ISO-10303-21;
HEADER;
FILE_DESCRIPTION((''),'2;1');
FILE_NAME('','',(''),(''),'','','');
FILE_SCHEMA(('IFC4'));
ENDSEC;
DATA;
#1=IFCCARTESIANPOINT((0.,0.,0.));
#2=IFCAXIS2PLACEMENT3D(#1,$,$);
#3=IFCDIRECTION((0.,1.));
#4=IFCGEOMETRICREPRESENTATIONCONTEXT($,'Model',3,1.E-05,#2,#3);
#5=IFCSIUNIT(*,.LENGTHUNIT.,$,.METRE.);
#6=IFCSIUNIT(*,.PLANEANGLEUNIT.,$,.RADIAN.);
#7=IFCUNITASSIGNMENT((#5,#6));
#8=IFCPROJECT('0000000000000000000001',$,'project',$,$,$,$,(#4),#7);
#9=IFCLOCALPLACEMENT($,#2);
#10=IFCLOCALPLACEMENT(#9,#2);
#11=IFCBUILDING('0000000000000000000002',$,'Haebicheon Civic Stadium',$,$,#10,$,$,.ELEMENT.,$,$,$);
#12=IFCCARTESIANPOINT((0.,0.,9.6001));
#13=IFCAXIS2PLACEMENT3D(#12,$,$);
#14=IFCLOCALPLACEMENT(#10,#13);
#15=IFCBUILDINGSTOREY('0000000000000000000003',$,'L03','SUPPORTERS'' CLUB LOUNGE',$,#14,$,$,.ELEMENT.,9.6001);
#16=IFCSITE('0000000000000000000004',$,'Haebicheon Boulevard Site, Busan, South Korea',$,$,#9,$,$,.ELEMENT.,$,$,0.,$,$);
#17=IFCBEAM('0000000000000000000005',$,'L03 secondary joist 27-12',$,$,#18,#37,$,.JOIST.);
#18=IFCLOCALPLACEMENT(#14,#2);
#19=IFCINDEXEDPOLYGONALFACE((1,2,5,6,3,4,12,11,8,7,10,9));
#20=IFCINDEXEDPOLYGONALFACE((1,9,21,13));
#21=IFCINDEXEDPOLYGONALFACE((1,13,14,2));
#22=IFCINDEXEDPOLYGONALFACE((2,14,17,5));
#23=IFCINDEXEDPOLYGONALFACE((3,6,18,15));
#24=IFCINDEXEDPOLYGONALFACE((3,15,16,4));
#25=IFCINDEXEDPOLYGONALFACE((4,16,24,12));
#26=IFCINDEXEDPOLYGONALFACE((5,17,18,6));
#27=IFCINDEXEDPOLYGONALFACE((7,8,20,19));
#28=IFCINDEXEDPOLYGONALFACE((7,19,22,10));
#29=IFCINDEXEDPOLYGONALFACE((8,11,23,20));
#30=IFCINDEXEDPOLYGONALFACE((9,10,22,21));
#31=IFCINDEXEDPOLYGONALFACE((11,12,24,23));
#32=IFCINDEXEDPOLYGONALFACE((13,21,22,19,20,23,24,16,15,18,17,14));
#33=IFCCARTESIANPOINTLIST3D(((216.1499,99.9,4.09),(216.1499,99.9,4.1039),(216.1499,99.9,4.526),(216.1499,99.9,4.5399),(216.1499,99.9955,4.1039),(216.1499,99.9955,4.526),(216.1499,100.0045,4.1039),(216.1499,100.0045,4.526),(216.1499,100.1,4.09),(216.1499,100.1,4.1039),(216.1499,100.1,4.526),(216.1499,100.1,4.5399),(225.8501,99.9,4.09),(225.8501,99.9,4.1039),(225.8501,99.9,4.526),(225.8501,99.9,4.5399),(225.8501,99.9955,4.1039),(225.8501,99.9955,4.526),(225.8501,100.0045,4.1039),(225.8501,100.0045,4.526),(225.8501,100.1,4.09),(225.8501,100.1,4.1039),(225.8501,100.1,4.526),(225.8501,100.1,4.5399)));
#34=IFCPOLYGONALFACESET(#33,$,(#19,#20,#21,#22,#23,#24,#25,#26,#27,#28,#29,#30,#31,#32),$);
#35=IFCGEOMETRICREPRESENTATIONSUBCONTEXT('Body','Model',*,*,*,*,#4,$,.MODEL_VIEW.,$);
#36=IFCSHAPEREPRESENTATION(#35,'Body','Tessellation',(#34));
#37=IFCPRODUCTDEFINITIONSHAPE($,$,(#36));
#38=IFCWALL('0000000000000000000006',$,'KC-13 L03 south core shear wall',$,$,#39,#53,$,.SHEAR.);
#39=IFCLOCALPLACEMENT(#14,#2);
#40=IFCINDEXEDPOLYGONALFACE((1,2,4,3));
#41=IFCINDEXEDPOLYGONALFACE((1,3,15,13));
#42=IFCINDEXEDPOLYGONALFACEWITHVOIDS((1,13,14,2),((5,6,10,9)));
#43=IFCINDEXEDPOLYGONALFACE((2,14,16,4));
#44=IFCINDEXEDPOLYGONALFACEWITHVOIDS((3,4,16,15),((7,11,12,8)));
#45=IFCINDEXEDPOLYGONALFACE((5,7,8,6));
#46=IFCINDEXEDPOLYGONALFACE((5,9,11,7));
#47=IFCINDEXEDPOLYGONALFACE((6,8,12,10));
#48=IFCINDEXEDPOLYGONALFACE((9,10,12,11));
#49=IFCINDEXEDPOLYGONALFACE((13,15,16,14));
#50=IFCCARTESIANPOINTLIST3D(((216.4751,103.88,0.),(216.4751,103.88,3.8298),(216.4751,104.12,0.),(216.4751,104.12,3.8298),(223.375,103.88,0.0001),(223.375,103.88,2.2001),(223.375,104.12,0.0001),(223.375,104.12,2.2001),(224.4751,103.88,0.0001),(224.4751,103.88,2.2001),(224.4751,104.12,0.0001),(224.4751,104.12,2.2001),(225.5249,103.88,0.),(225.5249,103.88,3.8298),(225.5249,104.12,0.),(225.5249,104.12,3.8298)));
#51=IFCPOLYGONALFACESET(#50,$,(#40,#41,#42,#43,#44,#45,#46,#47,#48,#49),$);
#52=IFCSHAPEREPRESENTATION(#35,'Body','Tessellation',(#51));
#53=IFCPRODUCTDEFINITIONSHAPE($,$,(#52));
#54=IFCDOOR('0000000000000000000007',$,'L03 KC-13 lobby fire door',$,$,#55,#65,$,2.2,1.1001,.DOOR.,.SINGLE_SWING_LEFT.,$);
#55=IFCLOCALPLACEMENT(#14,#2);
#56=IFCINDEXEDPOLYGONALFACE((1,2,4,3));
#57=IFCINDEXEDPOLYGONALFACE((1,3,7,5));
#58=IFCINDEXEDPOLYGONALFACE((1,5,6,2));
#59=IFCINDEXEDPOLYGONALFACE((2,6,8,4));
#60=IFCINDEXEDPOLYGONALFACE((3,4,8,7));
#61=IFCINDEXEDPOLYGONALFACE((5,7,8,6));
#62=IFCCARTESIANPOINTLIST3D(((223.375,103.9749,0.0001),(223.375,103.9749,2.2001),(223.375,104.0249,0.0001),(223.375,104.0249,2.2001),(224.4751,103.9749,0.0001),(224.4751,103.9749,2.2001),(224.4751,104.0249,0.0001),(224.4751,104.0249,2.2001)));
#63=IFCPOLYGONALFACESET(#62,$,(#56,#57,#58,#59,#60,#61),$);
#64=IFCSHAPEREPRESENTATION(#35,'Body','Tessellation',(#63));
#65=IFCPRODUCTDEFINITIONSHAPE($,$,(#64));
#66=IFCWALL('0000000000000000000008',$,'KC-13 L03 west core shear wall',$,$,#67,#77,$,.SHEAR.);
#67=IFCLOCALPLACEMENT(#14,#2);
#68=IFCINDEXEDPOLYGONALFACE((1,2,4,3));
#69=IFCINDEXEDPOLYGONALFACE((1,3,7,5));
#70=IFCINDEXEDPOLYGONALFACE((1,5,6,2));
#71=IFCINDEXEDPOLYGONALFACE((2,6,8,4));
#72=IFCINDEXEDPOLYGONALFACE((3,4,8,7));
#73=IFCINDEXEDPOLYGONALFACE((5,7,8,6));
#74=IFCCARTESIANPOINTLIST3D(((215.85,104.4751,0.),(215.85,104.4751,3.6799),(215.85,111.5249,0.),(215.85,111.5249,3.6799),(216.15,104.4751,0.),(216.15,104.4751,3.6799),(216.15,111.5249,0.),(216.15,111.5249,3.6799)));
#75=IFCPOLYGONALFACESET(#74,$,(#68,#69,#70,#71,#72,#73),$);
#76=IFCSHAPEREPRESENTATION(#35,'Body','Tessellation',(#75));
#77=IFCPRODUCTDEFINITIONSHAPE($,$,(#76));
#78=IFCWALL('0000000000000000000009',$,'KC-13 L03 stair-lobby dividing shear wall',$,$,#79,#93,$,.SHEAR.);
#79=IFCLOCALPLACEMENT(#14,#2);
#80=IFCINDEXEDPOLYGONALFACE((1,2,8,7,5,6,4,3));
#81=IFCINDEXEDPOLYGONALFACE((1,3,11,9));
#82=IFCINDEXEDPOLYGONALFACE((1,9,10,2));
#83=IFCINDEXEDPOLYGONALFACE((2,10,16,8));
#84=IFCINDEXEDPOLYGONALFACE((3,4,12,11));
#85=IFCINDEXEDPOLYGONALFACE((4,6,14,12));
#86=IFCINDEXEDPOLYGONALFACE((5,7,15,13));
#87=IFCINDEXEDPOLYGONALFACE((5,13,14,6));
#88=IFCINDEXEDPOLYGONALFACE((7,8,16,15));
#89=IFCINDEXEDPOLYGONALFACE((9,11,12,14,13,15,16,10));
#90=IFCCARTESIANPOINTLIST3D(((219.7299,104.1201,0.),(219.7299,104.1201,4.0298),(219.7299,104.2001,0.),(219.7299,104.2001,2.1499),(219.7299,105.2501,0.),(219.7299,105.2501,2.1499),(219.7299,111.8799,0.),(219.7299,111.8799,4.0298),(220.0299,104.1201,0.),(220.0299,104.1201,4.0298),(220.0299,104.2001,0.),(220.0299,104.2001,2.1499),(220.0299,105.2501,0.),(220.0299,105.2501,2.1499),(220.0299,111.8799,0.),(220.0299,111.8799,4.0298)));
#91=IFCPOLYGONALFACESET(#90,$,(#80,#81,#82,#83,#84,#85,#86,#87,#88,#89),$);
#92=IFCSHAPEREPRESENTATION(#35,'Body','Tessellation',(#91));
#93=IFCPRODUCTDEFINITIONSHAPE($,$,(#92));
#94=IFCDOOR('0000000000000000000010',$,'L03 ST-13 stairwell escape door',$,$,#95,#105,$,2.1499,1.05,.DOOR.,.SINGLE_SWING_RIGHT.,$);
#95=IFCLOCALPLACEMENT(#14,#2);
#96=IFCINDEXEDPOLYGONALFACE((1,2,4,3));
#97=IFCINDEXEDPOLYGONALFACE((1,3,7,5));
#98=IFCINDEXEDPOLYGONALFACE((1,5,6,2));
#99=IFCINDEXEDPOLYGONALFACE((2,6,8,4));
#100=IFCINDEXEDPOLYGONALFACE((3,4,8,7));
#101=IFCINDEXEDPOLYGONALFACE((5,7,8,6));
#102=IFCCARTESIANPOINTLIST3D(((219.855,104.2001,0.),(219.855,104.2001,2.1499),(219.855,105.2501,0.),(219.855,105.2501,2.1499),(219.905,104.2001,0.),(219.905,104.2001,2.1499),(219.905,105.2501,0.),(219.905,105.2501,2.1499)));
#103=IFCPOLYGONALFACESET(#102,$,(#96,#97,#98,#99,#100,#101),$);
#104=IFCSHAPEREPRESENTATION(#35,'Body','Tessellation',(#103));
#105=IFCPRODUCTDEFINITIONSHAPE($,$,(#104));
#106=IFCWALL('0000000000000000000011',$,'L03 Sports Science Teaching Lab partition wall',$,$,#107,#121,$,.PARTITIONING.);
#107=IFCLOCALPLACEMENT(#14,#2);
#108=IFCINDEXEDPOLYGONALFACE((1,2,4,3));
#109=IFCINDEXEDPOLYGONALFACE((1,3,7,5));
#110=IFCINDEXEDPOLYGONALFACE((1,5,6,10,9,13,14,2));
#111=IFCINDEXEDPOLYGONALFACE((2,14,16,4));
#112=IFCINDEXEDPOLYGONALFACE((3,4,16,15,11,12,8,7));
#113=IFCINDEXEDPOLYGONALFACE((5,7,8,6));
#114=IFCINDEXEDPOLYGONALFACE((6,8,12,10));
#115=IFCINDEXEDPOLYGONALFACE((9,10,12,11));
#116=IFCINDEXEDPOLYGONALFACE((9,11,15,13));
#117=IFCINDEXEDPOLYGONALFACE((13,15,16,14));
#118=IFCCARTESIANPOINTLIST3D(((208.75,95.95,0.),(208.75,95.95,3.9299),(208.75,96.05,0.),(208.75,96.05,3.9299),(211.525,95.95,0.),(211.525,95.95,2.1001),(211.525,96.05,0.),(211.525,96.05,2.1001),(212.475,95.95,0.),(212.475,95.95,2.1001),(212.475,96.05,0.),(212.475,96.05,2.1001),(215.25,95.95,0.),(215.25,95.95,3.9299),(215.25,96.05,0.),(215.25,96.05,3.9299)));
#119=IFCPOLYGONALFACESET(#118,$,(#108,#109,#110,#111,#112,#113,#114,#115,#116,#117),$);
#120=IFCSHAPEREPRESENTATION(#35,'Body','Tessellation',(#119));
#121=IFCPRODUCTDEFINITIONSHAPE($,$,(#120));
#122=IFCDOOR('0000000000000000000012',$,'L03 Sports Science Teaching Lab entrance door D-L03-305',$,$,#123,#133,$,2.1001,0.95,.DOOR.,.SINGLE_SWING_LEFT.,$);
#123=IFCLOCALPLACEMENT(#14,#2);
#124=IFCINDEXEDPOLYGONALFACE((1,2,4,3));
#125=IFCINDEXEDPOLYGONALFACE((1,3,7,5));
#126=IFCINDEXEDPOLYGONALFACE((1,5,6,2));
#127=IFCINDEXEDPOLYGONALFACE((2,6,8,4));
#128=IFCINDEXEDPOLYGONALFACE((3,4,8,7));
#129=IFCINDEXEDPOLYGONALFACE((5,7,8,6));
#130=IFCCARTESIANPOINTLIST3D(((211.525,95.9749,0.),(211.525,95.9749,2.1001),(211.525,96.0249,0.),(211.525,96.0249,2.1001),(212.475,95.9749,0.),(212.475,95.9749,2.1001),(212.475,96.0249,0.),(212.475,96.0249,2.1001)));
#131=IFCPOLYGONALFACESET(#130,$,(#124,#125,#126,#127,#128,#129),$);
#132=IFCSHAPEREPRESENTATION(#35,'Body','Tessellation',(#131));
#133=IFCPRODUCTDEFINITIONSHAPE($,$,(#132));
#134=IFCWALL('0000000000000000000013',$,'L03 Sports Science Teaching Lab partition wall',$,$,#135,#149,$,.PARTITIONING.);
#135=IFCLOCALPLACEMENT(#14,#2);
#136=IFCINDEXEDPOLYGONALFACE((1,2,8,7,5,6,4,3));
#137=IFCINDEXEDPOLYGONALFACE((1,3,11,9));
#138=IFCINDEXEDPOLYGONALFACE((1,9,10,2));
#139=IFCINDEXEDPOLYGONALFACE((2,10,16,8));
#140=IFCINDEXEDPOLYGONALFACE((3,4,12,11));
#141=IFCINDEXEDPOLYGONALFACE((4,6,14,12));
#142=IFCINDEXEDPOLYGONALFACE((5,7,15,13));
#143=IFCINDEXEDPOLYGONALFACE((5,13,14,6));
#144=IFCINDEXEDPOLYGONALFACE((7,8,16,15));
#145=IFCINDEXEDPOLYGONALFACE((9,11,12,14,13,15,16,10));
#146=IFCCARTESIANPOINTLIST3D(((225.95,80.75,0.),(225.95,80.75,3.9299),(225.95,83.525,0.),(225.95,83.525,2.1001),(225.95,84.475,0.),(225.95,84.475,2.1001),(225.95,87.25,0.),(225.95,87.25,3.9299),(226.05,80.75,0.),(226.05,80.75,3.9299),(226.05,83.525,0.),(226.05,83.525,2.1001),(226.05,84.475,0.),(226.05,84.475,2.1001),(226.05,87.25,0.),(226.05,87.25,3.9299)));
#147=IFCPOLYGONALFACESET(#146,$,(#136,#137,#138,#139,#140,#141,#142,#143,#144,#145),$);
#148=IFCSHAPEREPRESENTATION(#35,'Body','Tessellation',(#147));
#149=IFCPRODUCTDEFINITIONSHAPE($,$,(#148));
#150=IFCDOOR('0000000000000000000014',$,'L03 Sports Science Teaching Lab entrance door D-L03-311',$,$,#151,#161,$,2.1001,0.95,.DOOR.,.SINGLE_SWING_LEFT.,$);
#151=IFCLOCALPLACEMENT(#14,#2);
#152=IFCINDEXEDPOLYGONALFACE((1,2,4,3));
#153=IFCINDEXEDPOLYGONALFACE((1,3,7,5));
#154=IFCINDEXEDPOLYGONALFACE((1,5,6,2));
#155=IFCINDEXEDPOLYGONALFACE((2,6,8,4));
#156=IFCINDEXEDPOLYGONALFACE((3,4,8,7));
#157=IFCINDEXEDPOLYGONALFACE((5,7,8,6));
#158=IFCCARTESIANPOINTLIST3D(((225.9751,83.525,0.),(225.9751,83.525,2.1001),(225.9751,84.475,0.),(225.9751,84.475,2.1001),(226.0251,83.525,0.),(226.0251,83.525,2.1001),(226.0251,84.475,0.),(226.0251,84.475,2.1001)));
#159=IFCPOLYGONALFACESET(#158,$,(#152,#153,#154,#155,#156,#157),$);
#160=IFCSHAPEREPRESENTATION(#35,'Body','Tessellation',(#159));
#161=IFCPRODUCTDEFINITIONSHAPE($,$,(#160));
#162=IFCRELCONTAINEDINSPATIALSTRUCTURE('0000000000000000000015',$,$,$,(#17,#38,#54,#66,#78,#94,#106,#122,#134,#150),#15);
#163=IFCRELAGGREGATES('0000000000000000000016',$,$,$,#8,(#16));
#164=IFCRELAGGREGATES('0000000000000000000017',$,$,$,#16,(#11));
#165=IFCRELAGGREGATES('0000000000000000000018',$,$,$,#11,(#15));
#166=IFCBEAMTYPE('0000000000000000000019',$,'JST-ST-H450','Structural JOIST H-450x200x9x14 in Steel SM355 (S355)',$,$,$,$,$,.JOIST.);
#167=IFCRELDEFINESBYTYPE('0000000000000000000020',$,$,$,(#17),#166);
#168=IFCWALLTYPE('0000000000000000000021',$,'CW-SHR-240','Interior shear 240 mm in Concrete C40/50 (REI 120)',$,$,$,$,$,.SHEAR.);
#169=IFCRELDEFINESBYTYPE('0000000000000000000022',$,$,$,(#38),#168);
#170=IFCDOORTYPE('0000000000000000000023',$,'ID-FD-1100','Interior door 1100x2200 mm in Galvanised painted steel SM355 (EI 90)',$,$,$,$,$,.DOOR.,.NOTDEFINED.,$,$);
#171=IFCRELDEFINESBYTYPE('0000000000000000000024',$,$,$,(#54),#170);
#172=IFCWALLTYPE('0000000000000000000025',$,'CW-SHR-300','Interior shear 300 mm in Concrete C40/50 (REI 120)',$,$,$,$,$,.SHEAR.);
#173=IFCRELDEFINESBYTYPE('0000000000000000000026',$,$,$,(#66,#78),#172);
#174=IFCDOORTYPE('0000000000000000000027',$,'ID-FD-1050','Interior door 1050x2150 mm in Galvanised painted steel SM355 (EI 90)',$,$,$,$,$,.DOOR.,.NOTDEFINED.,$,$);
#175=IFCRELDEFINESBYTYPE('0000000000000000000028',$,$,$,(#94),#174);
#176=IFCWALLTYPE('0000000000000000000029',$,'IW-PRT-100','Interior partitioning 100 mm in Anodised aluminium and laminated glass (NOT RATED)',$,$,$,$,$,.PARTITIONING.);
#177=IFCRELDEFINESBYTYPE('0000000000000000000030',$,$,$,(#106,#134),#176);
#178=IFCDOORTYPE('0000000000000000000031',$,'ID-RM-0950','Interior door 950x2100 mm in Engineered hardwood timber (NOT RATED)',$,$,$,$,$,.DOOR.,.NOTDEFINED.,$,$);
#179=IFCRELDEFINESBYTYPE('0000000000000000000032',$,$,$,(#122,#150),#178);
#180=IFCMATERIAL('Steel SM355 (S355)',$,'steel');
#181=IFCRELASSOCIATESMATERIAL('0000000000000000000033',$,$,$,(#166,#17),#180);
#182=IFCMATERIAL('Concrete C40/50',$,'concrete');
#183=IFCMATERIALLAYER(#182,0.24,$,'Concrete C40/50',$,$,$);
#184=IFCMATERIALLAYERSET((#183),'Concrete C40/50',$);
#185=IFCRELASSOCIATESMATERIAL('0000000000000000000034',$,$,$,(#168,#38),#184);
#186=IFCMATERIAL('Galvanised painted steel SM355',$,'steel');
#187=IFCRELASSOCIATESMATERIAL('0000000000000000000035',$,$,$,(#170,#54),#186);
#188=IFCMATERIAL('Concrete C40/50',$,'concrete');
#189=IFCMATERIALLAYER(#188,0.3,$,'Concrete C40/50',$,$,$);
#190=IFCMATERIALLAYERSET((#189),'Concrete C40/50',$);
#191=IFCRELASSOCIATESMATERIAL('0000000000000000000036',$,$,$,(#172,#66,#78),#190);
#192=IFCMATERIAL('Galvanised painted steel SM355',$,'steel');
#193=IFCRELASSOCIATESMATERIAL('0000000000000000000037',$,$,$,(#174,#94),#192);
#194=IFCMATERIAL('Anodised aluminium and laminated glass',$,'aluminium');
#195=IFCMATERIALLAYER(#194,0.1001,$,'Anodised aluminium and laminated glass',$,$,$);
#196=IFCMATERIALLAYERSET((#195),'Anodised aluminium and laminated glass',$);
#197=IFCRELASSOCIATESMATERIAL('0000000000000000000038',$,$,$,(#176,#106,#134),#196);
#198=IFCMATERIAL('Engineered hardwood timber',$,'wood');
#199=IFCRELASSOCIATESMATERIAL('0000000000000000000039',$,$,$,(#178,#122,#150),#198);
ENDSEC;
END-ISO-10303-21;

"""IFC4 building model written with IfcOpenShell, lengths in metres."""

from ifc_helpers import new_model, si_unit, direction, frame, frame_2d, origin, origin_2d, place, context, subcontext, project, spatial, rectangle, i_section, extrude, material, layer, layer_set, material_profile, profile_set, type_object, element, fill, save


model = new_model("IFC4")

# Units and contexts
model_context = context("Model", 3, precision=1e-05, world=origin(), true_north=direction((0.0, 1.0)))
body_context = subcontext(model_context, "Body", "Model", "MODEL_VIEW")
ifc_project = project(units=[si_unit("LENGTHUNIT", "METRE"), si_unit("PLANEANGLEUNIT", "RADIAN")], contexts=[model_context])

# Site, building, storey
site_placement = place(None, origin())
site = spatial("IfcSite", under=ifc_project, at=site_placement, Name="Haebicheon Boulevard Site, Busan, South Korea", CompositionType="ELEMENT", RefElevation=0.0)
building_placement = place(site_placement, origin())
building = spatial("IfcBuilding", under=site, at=building_placement, Name="Haebicheon Civic Stadium", CompositionType="ELEMENT")
storey_placement = place(building_placement, frame((0.0, 0.0, 9.6001)))
storey = spatial("IfcBuildingStorey", under=building, at=storey_placement, Name="L03", Description="SUPPORTERS' CLUB LOUNGE", CompositionType="ELEMENT", Elevation=9.6001)

# Beam
ifc_material_1 = material(Name="Steel SM355 (S355)", Category="steel")
ifc_material_profile_1 = material_profile(ifc_material_1, i_section(OverallWidth=0.2, OverallDepth=0.45, WebThickness=0.009, FlangeThickness=0.0139, at=origin_2d()), Name="H-450x200x9x14")
ifc_profile_set_1 = profile_set([ifc_material_profile_1], Name="Steel SM355 (S355)")
beam_type_1 = type_object("IfcBeamType", Name="JST-ST-H450", Description="Structural JOIST H-450x200x9x14 in Steel SM355 (S355)", PredefinedType="JOIST", material=ifc_profile_set_1)
for number, where, z_axis, x_axis, name in (
    (1, (216.1499, 100.0, 4.3149), (1.0, 0.0, 0.0), (0.0, 1.0, 0.0), "L03 secondary joist 27-12"),
):
    element("IfcBeam", number, at=place(storey_placement, frame(where, z_axis=z_axis, x_axis=x_axis)), inside=storey, type_object=beam_type_1, material=ifc_profile_set_1, Name=name, PredefinedType="JOIST", context=body_context, shape_type="SweptSolid", body=[
        extrude(i_section(OverallWidth=0.2, OverallDepth=0.45, WebThickness=0.009, FlangeThickness=0.0139, at=origin_2d()), origin(), (0.0, 0.0, 1.0), 9.7002),
    ])

# Wall, opening, door
ifc_material_2 = material(Name="Concrete C40/50", Category="concrete")
ifc_layer_1 = layer(ifc_material_2, 0.24, Name="Concrete C40/50")
ifc_layer_set_1 = layer_set([ifc_layer_1], Name="Concrete C40/50")
wall_type_1 = type_object("IfcWallType", Name="CW-SHR-240", Description="Interior shear 240 mm in Concrete C40/50 (REI 120)", PredefinedType="SHEAR", material=ifc_layer_set_1)
wall_1_placement = place(storey_placement, frame((216.4751, 104.0, 0.0), z_axis=(0.0, 0.0, 1.0), x_axis=(1.0, 0.0, 0.0)))
wall_1 = element("IfcWall", 2, at=wall_1_placement, inside=storey, type_object=wall_type_1, material=ifc_layer_set_1, Name="KC-13 L03 south core shear wall", PredefinedType="SHEAR", context=body_context, shape_type="SweptSolid", body=[
    extrude(rectangle(XDim=9.0498, YDim=0.24, at=frame_2d((4.5249, 0.0))), origin(), (0.0, 0.0, 1.0), 3.8298),
])
opening_1_placement = place(wall_1_placement, frame((6.8999, 0.0, 0.0)))
opening_1 = element("IfcOpeningElement", 3, at=opening_1_placement, cuts=wall_1, PredefinedType="OPENING", context=body_context, shape_type="SweptSolid", body=[
    extrude(rectangle(XDim=1.1001, YDim=2.2, at=frame_2d((0.55, 1.1001))), frame((0.0, 0.1299, 0.0), z_axis=(0.0, -1.0, 0.0), x_axis=(1.0, 0.0, 0.0)), (0.0, 0.0, 1.0), 0.26),
])
ifc_material_3 = material(Name="Galvanised painted steel SM355", Category="steel")
door_type_1 = type_object("IfcDoorType", Name="ID-FD-1100", Description="Interior door 1100x2200 mm in Galvanised painted steel SM355 (EI 90)", OperationType="NOTDEFINED", PredefinedType="DOOR", material=ifc_material_3)
door_1_placement = place(opening_1_placement, origin())
door_1 = element("IfcDoor", 4, at=door_1_placement, inside=storey, type_object=door_type_1, material=ifc_material_3, Name="L03 KC-13 lobby fire door", OperationType="SINGLE_SWING_LEFT", OverallHeight=2.2, OverallWidth=1.1001, PredefinedType="DOOR", context=body_context, shape_type="SweptSolid", body=[
    extrude(rectangle(XDim=1.1001, YDim=2.2, at=frame_2d((0.55, 1.1001))), frame((0.0, 0.0249, 0.0), z_axis=(0.0, -1.0, 0.0), x_axis=(1.0, 0.0, 0.0)), (0.0, 0.0, 1.0), 0.05),
])
fill(opening_1, door_1)

# Wall
ifc_material_4 = material(Name="Concrete C40/50", Category="concrete")
ifc_layer_2 = layer(ifc_material_4, 0.3, Name="Concrete C40/50")
ifc_layer_set_2 = layer_set([ifc_layer_2], Name="Concrete C40/50")
wall_type_2 = type_object("IfcWallType", Name="CW-SHR-300", Description="Interior shear 300 mm in Concrete C40/50 (REI 120)", PredefinedType="SHEAR", material=ifc_layer_set_2)
wall_2_placement = place(storey_placement, frame((216.0, 104.4751, 0.0), z_axis=(0.0, 0.0, 1.0), x_axis=(0.0, 1.0, 0.0)))
element("IfcWall", 5, at=wall_2_placement, inside=storey, type_object=wall_type_2, material=ifc_layer_set_2, Name="KC-13 L03 west core shear wall", PredefinedType="SHEAR", context=body_context, shape_type="SweptSolid", body=[
    extrude(rectangle(XDim=7.0498, YDim=0.3, at=frame_2d((3.5249, 0.0))), origin(), (0.0, 0.0, 1.0), 3.6799),
])

# Walls, openings, doors
wall_3_placement = place(storey_placement, frame((219.8799, 104.1201, 0.0), z_axis=(0.0, 0.0, 1.0), x_axis=(0.0, 1.0, 0.0)))
wall_3 = element("IfcWall", 6, at=wall_3_placement, inside=storey, type_object=wall_type_2, material=ifc_layer_set_2, Name="KC-13 L03 stair-lobby dividing shear wall", PredefinedType="SHEAR", context=body_context, shape_type="SweptSolid", body=[
    extrude(rectangle(XDim=7.7598, YDim=0.3, at=frame_2d((3.8799, 0.0))), origin(), (0.0, 0.0, 1.0), 4.0298),
])
opening_2_placement = place(wall_3_placement, frame((0.0801, 0.0, 0.0)))
opening_2 = element("IfcOpeningElement", 7, at=opening_2_placement, cuts=wall_3, PredefinedType="OPENING", context=body_context, shape_type="SweptSolid", body=[
    extrude(rectangle(XDim=1.05, YDim=2.1499, at=frame_2d((0.5249, 1.075))), frame((0.0, 0.1599, 0.0), z_axis=(0.0, -1.0, 0.0), x_axis=(1.0, 0.0, 0.0)), (0.0, 0.0, 1.0), 0.3201),
])
ifc_material_5 = material(Name="Galvanised painted steel SM355", Category="steel")
door_type_2 = type_object("IfcDoorType", Name="ID-FD-1050", Description="Interior door 1050x2150 mm in Galvanised painted steel SM355 (EI 90)", OperationType="NOTDEFINED", PredefinedType="DOOR", material=ifc_material_5)
door_2_placement = place(opening_2_placement, origin())
door_2 = element("IfcDoor", 8, at=door_2_placement, inside=storey, type_object=door_type_2, material=ifc_material_5, Name="L03 ST-13 stairwell escape door", OperationType="SINGLE_SWING_RIGHT", OverallHeight=2.1499, OverallWidth=1.05, PredefinedType="DOOR", context=body_context, shape_type="SweptSolid", body=[
    extrude(rectangle(XDim=1.05, YDim=2.1499, at=frame_2d((0.5249, 1.075))), frame((0.0, 0.0249, 0.0), z_axis=(0.0, -1.0, 0.0), x_axis=(1.0, 0.0, 0.0)), (0.0, 0.0, 1.0), 0.05),
])
fill(opening_2, door_2)
ifc_material_6 = material(Name="Anodised aluminium and laminated glass", Category="aluminium")
ifc_layer_3 = layer(ifc_material_6, 0.1001, Name="Anodised aluminium and laminated glass")
ifc_layer_set_3 = layer_set([ifc_layer_3], Name="Anodised aluminium and laminated glass")
wall_type_3 = type_object("IfcWallType", Name="IW-PRT-100", Description="Interior partitioning 100 mm in Anodised aluminium and laminated glass (NOT RATED)", PredefinedType="PARTITIONING", material=ifc_layer_set_3)
wall_4_placement = place(storey_placement, frame((208.75, 96.0, 0.0), z_axis=(0.0, 0.0, 1.0), x_axis=(1.0, 0.0, 0.0)))
wall_4 = element("IfcWall", 9, at=wall_4_placement, inside=storey, type_object=wall_type_3, material=ifc_layer_set_3, Name="L03 Sports Science Teaching Lab partition wall", PredefinedType="PARTITIONING", context=body_context, shape_type="SweptSolid", body=[
    extrude(rectangle(XDim=6.5, YDim=0.1001, at=frame_2d((3.25, 0.0))), origin(), (0.0, 0.0, 1.0), 3.9299),
])
opening_3_placement = place(wall_4_placement, frame((2.7749, 0.0, 0.0)))
opening_3 = element("IfcOpeningElement", 10, at=opening_3_placement, cuts=wall_4, PredefinedType="OPENING", context=body_context, shape_type="SweptSolid", body=[
    extrude(rectangle(XDim=0.95, YDim=2.1001, at=frame_2d((0.4751, 1.05))), frame((0.0, 0.0601, 0.0), z_axis=(0.0, -1.0, 0.0), x_axis=(1.0, 0.0, 0.0)), (0.0, 0.0, 1.0), 0.1201),
])
ifc_material_7 = material(Name="Engineered hardwood timber", Category="wood")
door_type_3 = type_object("IfcDoorType", Name="ID-RM-0950", Description="Interior door 950x2100 mm in Engineered hardwood timber (NOT RATED)", OperationType="NOTDEFINED", PredefinedType="DOOR", material=ifc_material_7)
door_3_placement = place(opening_3_placement, origin())
door_3 = element("IfcDoor", 11, at=door_3_placement, inside=storey, type_object=door_type_3, material=ifc_material_7, Name="L03 Sports Science Teaching Lab entrance door D-L03-305", OperationType="SINGLE_SWING_LEFT", OverallHeight=2.1001, OverallWidth=0.95, PredefinedType="DOOR", context=body_context, shape_type="SweptSolid", body=[
    extrude(rectangle(XDim=0.95, YDim=2.1001, at=frame_2d((0.4751, 1.05))), frame((0.0, 0.0249, 0.0), z_axis=(0.0, -1.0, 0.0), x_axis=(1.0, 0.0, 0.0)), (0.0, 0.0, 1.0), 0.05),
])
fill(opening_3, door_3)
wall_5_placement = place(storey_placement, frame((226.0, 80.75, 0.0), z_axis=(0.0, 0.0, 1.0), x_axis=(0.0, 1.0, 0.0)))
wall_5 = element("IfcWall", 12, at=wall_5_placement, inside=storey, type_object=wall_type_3, material=ifc_layer_set_3, Name="L03 Sports Science Teaching Lab partition wall", PredefinedType="PARTITIONING", context=body_context, shape_type="SweptSolid", body=[
    extrude(rectangle(XDim=6.5, YDim=0.1001, at=frame_2d((3.25, 0.0))), origin(), (0.0, 0.0, 1.0), 3.9299),
])
opening_4_placement = place(wall_5_placement, frame((2.7749, 0.0, 0.0)))
opening_4 = element("IfcOpeningElement", 13, at=opening_4_placement, cuts=wall_5, PredefinedType="OPENING", context=body_context, shape_type="SweptSolid", body=[
    extrude(rectangle(XDim=0.95, YDim=2.1001, at=frame_2d((0.4751, 1.05))), frame((0.0, 0.0601, 0.0), z_axis=(0.0, -1.0, 0.0), x_axis=(1.0, 0.0, 0.0)), (0.0, 0.0, 1.0), 0.1201),
])
door_4_placement = place(opening_4_placement, origin())
door_4 = element("IfcDoor", 14, at=door_4_placement, inside=storey, type_object=door_type_3, material=ifc_material_7, Name="L03 Sports Science Teaching Lab entrance door D-L03-311", OperationType="SINGLE_SWING_LEFT", OverallHeight=2.1001, OverallWidth=0.95, PredefinedType="DOOR", context=body_context, shape_type="SweptSolid", body=[
    extrude(rectangle(XDim=0.95, YDim=2.1001, at=frame_2d((0.4751, 1.05))), frame((0.0, 0.0249, 0.0), z_axis=(0.0, -1.0, 0.0), x_axis=(1.0, 0.0, 0.0)), (0.0, 0.0, 1.0), 0.05),
])
fill(opening_4, door_4)

save(model, "model.ifc")
